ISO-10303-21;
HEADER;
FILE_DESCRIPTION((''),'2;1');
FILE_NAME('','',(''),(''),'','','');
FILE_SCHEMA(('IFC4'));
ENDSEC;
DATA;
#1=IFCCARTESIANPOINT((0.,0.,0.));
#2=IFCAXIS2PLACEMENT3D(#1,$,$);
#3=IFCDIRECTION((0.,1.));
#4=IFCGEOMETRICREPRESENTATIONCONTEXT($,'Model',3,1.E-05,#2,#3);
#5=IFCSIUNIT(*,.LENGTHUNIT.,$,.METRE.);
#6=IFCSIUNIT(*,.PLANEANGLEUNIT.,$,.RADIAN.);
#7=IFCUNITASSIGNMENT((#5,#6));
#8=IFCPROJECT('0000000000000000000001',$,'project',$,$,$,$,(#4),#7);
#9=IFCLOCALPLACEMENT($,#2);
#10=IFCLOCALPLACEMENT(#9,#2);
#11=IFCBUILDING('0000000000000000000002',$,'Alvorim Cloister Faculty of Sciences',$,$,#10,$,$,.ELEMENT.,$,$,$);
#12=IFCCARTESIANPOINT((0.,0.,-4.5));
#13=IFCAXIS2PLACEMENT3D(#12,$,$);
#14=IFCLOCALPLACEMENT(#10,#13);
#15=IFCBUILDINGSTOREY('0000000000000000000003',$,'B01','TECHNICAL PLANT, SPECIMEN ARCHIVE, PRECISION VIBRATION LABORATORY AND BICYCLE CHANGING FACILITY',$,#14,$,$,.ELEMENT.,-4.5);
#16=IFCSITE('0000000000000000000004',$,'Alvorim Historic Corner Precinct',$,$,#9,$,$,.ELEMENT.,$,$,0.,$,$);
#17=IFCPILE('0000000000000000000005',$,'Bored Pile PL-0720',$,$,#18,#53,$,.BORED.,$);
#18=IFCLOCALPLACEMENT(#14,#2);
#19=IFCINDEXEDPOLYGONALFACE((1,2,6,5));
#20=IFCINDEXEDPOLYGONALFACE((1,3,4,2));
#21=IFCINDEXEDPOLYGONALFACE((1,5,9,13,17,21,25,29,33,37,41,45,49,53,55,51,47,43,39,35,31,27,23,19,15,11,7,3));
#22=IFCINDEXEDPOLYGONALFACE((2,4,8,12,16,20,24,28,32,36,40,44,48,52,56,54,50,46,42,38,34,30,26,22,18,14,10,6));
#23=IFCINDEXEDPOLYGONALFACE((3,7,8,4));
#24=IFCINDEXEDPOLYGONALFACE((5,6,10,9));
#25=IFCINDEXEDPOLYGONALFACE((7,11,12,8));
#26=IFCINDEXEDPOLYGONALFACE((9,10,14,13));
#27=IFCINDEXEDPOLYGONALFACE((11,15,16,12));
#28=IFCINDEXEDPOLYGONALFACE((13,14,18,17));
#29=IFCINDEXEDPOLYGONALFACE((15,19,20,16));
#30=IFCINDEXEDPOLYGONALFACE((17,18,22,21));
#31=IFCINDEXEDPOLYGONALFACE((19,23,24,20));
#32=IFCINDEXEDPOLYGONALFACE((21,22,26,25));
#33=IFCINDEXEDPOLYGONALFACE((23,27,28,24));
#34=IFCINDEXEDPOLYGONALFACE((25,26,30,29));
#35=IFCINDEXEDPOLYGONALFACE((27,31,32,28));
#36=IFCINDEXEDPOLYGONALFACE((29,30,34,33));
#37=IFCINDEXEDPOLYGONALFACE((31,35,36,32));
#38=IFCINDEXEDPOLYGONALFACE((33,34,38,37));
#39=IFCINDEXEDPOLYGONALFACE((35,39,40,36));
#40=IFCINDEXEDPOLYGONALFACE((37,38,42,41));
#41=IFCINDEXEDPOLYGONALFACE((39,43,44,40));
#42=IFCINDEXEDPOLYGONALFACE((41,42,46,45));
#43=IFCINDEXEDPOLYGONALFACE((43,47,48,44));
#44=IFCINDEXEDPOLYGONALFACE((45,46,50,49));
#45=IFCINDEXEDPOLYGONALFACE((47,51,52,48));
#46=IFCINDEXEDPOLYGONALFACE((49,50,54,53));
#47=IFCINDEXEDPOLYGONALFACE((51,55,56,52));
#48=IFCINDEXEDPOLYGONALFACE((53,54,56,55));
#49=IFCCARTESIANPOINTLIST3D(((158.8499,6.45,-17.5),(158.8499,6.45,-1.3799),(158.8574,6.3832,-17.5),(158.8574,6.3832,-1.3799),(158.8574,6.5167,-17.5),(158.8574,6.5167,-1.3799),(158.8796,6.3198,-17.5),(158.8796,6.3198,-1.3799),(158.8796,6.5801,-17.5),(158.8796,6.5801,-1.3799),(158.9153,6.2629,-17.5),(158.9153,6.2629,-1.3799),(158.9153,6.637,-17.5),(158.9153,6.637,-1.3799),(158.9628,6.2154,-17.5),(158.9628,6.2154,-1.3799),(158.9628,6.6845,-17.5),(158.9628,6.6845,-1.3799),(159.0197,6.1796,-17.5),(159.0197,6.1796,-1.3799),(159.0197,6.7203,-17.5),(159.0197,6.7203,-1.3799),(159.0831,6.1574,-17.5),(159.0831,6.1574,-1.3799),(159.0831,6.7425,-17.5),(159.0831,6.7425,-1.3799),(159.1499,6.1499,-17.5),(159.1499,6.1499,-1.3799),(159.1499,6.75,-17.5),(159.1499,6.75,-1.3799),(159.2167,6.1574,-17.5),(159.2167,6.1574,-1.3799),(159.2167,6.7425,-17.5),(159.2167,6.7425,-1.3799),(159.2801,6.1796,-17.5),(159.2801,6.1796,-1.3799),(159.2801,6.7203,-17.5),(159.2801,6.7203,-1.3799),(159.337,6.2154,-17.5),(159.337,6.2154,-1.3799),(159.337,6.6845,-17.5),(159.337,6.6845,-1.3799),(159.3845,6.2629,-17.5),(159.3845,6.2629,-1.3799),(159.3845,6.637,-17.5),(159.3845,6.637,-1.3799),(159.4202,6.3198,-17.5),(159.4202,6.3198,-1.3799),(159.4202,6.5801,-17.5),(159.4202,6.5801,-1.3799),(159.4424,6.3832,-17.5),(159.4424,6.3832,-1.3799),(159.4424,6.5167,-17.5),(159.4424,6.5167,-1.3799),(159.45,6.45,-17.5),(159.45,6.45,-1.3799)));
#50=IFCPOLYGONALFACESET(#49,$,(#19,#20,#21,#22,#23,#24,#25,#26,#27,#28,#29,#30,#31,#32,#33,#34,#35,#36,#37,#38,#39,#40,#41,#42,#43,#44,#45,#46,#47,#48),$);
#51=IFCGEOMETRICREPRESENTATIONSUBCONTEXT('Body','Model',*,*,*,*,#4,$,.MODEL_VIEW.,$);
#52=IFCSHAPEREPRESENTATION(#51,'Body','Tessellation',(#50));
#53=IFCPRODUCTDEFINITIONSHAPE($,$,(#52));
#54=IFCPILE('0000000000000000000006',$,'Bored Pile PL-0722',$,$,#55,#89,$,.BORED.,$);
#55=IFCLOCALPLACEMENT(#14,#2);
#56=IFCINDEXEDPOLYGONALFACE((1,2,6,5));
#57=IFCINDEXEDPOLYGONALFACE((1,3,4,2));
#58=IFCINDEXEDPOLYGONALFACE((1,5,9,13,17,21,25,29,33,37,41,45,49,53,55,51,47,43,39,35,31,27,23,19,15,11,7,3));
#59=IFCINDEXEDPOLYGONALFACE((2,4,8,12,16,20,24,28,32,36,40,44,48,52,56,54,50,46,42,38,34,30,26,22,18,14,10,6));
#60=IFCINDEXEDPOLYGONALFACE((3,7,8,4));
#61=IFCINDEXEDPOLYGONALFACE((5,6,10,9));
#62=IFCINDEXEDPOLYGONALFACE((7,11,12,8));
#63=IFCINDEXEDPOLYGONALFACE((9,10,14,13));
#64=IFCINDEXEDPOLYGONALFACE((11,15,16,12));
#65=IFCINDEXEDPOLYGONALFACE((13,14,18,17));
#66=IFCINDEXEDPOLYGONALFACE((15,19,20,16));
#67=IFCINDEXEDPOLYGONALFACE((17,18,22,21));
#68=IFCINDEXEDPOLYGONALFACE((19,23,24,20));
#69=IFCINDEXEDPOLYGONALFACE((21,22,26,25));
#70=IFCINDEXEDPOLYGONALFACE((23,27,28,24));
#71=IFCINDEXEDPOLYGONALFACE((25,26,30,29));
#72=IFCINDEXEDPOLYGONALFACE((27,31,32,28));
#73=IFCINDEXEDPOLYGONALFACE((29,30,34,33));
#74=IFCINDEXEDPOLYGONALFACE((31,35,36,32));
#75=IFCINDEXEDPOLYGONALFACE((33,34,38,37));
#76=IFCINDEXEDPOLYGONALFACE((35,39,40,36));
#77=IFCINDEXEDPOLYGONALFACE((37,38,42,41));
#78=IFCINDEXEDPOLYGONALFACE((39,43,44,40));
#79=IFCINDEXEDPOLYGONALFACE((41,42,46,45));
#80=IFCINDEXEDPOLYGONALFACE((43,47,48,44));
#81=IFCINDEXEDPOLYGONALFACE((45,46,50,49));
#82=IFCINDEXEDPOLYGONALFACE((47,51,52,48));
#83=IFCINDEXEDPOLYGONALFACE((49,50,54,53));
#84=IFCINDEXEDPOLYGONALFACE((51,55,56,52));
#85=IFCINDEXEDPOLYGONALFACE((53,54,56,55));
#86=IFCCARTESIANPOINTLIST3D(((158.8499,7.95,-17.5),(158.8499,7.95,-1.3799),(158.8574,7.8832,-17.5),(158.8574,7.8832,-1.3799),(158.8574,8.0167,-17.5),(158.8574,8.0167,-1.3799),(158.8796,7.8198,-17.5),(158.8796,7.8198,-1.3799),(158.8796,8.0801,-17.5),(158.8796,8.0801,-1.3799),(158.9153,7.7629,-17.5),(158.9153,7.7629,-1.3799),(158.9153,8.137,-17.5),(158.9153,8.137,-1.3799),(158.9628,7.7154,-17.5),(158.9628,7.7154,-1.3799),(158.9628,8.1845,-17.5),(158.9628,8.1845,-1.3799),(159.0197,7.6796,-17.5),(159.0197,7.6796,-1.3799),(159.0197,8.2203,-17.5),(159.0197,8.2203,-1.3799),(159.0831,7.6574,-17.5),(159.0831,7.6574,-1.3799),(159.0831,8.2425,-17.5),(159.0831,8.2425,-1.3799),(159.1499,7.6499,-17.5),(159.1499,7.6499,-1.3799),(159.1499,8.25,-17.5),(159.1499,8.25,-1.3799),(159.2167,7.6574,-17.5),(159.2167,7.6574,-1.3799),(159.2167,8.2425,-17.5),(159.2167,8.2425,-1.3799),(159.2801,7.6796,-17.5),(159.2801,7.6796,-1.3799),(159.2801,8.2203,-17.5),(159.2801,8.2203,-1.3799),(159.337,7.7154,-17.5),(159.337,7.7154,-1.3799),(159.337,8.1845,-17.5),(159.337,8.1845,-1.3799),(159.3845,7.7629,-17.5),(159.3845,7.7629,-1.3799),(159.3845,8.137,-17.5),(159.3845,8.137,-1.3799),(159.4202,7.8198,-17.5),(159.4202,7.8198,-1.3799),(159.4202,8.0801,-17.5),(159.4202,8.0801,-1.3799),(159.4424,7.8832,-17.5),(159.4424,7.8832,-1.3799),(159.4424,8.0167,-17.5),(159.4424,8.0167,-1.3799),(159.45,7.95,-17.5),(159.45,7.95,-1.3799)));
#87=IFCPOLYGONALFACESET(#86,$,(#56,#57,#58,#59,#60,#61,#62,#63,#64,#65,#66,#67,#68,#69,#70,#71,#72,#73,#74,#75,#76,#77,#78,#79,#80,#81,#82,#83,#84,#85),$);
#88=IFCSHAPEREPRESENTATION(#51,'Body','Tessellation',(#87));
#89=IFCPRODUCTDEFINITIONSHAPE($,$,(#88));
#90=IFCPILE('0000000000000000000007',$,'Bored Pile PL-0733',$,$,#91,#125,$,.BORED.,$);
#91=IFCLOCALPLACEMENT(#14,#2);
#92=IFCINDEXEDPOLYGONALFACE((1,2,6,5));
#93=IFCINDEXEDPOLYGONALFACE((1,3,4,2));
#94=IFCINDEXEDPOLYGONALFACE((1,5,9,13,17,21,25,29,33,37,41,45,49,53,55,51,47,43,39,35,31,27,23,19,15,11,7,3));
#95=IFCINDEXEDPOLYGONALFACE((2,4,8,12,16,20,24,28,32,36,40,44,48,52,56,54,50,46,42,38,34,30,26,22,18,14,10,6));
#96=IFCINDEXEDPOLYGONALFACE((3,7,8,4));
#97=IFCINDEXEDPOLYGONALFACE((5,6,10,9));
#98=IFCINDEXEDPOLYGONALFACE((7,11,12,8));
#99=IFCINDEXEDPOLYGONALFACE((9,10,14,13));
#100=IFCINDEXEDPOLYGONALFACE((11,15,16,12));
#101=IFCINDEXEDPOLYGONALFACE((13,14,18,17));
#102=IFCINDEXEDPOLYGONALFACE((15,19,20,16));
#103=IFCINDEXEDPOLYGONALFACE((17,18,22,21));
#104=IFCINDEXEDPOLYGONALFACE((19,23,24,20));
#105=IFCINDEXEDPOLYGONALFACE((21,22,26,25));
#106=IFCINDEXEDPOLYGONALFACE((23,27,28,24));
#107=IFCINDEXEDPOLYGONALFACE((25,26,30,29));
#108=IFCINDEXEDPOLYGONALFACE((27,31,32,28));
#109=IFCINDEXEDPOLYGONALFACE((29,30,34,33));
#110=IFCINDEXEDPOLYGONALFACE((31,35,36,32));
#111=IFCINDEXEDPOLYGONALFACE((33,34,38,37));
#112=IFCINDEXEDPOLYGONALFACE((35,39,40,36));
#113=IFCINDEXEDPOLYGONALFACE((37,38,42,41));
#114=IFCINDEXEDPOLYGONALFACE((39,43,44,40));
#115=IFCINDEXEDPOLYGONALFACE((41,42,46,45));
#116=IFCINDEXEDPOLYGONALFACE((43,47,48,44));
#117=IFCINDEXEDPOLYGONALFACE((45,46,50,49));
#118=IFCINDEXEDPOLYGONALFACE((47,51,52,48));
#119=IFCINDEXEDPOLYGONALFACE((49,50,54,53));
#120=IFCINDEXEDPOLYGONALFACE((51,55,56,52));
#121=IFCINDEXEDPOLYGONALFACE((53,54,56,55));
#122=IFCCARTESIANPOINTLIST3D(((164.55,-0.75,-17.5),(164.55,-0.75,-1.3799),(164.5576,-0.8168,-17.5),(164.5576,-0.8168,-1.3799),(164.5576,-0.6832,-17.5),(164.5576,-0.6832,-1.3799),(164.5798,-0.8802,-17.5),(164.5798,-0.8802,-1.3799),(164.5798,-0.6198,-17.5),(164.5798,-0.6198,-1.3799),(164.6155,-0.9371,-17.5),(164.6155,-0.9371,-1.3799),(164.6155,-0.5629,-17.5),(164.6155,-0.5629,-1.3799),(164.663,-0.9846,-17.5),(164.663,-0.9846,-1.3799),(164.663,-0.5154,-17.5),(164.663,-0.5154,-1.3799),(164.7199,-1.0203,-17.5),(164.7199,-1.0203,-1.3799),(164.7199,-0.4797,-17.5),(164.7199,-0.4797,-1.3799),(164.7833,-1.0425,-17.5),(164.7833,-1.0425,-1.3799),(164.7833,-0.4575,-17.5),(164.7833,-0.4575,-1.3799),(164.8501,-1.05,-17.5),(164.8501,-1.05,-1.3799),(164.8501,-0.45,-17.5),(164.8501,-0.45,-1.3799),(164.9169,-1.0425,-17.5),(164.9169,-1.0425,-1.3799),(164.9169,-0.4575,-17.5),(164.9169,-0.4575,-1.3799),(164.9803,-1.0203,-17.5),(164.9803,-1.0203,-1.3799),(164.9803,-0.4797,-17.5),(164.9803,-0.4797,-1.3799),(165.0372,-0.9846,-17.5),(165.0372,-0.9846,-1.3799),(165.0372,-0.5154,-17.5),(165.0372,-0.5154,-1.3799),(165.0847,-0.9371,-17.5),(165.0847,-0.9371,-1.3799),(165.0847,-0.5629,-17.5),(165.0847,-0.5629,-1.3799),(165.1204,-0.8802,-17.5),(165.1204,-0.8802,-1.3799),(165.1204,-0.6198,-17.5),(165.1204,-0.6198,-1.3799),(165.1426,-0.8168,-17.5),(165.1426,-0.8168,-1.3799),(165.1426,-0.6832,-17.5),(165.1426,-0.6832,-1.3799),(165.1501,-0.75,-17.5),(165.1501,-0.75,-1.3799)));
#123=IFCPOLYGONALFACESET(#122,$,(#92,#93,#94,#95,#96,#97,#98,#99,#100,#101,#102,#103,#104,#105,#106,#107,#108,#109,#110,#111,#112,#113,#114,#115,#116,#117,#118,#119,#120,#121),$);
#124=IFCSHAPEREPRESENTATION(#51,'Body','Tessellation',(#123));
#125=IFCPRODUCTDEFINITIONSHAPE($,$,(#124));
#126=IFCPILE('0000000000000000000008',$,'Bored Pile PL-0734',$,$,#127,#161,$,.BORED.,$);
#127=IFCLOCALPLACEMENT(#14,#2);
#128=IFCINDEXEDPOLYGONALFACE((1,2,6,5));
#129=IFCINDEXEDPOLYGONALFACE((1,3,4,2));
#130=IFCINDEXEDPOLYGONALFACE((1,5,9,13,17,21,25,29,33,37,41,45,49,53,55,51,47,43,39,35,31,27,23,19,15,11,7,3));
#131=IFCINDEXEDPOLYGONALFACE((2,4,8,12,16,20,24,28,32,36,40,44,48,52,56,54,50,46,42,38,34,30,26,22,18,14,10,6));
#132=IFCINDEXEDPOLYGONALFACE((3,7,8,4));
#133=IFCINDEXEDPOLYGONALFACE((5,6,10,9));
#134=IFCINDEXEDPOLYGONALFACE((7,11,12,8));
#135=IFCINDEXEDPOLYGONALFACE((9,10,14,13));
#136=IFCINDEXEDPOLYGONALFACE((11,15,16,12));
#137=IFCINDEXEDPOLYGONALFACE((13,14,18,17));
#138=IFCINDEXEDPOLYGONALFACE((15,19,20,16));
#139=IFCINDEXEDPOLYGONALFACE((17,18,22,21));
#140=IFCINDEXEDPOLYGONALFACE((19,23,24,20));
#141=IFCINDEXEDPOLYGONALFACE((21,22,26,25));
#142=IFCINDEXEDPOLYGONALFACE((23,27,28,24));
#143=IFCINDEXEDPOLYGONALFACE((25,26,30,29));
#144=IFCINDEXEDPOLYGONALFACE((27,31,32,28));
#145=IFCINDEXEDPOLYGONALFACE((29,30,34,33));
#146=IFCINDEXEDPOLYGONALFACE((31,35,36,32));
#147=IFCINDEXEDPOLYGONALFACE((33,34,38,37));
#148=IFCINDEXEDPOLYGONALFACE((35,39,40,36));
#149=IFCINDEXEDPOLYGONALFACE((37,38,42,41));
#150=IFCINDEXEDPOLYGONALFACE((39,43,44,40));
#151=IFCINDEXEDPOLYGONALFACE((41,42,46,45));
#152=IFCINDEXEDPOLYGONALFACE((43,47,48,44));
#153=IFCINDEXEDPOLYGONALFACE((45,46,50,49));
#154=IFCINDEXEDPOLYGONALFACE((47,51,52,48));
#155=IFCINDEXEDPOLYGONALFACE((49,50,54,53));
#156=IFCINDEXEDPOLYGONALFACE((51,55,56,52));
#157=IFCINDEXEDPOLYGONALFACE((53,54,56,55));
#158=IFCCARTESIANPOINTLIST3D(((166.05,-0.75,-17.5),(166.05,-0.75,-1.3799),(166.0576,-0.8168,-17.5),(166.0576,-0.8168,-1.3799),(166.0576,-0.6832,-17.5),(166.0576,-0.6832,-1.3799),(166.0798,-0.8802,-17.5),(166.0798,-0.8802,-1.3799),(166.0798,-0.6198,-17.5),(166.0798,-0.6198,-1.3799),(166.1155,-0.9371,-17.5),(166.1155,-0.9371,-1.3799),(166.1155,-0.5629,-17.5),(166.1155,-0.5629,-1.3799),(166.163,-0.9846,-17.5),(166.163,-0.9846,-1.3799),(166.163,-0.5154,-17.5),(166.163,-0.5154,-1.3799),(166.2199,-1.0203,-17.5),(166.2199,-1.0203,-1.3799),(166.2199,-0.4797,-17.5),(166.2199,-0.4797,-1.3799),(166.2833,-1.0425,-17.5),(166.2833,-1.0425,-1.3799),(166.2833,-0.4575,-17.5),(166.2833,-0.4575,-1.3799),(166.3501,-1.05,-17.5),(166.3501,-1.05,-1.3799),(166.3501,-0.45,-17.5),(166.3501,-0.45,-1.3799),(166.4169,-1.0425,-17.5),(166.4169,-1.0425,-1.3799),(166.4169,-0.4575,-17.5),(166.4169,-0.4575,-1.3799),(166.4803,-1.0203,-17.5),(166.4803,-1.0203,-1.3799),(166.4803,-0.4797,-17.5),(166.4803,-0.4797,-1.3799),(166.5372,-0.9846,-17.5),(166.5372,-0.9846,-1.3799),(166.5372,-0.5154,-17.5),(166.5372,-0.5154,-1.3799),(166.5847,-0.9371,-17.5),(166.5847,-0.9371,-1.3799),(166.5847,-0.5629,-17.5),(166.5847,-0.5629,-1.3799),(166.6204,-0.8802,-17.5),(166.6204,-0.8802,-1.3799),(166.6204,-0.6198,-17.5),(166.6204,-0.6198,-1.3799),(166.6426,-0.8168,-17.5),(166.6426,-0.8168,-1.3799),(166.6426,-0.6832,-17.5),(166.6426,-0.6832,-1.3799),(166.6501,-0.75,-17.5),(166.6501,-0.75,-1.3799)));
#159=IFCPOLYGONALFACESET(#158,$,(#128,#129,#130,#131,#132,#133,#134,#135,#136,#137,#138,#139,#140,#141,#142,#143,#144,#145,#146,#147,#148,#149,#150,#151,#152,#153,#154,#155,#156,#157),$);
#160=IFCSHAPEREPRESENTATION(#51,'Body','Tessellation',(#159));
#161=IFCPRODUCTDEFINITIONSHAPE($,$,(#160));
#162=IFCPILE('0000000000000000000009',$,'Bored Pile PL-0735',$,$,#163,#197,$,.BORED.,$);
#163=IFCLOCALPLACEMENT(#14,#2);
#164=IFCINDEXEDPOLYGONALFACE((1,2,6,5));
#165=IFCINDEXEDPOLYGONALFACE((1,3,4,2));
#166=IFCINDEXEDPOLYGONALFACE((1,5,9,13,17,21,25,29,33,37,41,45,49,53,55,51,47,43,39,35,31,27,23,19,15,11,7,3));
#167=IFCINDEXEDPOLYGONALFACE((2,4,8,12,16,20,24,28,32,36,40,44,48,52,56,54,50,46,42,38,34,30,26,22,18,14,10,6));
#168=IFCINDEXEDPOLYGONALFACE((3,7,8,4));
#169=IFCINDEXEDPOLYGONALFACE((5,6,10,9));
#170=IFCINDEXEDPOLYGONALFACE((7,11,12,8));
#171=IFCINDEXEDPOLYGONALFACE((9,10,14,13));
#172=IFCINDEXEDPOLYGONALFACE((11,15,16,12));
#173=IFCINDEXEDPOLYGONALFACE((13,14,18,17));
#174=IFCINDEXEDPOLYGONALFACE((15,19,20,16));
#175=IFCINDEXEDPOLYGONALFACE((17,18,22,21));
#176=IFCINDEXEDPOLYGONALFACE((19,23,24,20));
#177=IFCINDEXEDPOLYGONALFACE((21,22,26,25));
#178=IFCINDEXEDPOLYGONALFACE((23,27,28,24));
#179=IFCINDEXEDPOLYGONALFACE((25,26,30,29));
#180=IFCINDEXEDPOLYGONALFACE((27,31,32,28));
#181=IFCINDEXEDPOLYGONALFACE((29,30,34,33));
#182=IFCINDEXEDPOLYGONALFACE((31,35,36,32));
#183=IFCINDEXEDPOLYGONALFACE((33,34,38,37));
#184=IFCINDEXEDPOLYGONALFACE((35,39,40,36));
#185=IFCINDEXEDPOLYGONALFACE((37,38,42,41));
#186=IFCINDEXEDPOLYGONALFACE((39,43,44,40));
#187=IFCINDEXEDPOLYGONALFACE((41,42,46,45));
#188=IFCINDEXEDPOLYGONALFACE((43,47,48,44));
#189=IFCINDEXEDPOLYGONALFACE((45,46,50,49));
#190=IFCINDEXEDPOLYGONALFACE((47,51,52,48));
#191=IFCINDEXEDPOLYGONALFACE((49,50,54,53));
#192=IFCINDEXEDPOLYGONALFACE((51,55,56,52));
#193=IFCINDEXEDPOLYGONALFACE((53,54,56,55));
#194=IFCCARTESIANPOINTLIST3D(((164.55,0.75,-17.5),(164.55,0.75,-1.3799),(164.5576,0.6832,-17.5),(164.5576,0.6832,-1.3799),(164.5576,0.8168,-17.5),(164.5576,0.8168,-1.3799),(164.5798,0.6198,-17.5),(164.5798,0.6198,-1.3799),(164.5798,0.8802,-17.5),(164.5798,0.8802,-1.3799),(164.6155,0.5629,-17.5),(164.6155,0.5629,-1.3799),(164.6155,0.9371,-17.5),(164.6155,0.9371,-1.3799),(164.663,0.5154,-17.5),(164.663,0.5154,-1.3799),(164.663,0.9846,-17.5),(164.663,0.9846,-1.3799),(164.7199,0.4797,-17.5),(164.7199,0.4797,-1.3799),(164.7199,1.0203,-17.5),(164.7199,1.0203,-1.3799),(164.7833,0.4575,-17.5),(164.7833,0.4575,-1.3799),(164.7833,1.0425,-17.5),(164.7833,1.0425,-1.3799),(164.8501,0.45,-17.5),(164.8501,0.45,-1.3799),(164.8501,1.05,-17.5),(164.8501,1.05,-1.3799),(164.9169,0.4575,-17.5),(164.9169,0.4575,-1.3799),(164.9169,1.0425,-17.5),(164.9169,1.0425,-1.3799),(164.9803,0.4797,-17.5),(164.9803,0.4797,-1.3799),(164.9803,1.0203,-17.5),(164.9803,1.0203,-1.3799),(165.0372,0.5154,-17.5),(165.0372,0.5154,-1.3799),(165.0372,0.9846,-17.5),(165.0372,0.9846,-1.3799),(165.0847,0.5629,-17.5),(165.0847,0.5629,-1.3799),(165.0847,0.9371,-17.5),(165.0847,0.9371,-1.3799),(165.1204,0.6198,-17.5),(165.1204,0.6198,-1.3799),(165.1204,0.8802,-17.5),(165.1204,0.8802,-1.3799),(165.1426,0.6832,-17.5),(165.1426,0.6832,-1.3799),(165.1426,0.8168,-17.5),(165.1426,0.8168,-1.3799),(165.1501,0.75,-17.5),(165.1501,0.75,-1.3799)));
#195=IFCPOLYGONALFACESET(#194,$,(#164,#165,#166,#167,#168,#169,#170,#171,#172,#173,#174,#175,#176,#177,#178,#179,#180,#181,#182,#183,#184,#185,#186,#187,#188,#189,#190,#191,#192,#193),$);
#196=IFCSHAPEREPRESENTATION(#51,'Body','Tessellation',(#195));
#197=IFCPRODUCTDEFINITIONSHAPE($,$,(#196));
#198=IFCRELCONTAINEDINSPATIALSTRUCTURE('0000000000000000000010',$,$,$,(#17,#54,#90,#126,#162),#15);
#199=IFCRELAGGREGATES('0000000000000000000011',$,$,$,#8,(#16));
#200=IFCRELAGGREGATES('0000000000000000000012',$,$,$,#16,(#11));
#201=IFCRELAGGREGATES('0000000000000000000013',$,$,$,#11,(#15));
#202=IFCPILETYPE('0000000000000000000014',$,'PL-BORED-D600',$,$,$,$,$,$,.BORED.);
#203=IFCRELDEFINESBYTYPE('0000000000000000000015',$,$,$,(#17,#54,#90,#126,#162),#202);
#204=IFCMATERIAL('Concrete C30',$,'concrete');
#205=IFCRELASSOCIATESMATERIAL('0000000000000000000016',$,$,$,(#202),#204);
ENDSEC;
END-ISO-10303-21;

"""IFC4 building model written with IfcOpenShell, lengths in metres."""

from ifc_helpers import new_model, si_unit, direction, frame, origin, origin_2d, place, context, subcontext, project, spatial, circle, extrude, material, material_profile, profile_set, type_object, element, save


model = new_model("IFC4")

# Units and contexts
model_context = context("Model", 3, precision=1e-05, world=origin(), true_north=direction((0.0, 1.0)))
body_context = subcontext(model_context, "Body", "Model", "MODEL_VIEW")
ifc_project = project(units=[si_unit("LENGTHUNIT", "METRE"), si_unit("PLANEANGLEUNIT", "RADIAN")], contexts=[model_context])

# Site, building, storey
site_placement = place(None, origin())
site = spatial("IfcSite", under=ifc_project, at=site_placement, Name="Alvorim Historic Corner Precinct", CompositionType="ELEMENT", RefElevation=0.0)
building_placement = place(site_placement, origin())
building = spatial("IfcBuilding", under=site, at=building_placement, Name="Alvorim Cloister Faculty of Sciences", CompositionType="ELEMENT")
storey_placement = place(building_placement, frame((0.0, 0.0, -4.5)))
storey = spatial("IfcBuildingStorey", under=building, at=storey_placement, Name="B01", Description="TECHNICAL PLANT, SPECIMEN ARCHIVE, PRECISION VIBRATION LABORATORY AND BICYCLE CHANGING FACILITY", CompositionType="ELEMENT", Elevation=-4.5)

# Piles
ifc_material_1 = material(Name="Concrete C30", Category="concrete")
ifc_material_profile_1 = material_profile(ifc_material_1, circle(Radius=0.3, at=origin_2d()), Name="PILE-D600")
ifc_profile_set_1 = profile_set([ifc_material_profile_1], Name="Concrete C30")
pile_type = type_object("IfcPileType", Name="PL-BORED-D600", PredefinedType="BORED", material=ifc_profile_set_1)
for number, where, z_axis, x_axis, name in (
    (1, (159.1499, 6.45, -1.3799), (0.0, 0.0, -1.0), (1.0, 0.0, 0.0), "Bored Pile PL-0720"),
    (2, (159.1499, 7.95, -1.3799), (0.0, 0.0, -1.0), (1.0, 0.0, 0.0), "Bored Pile PL-0722"),
    (3, (164.8501, -0.75, -1.3799), (0.0, 0.0, -1.0), (1.0, 0.0, 0.0), "Bored Pile PL-0733"),
    (4, (166.3501, -0.75, -1.3799), (0.0, 0.0, -1.0), (1.0, 0.0, 0.0), "Bored Pile PL-0734"),
    (5, (164.8501, 0.75, -1.3799), (0.0, 0.0, -1.0), (1.0, 0.0, 0.0), "Bored Pile PL-0735"),
):
    element("IfcPile", number, at=place(storey_placement, frame(where, z_axis=z_axis, x_axis=x_axis)), inside=storey, type_object=pile_type, Name=name, PredefinedType="BORED", context=body_context, shape_type="SweptSolid", body=[
        extrude(circle(Radius=0.3, at=origin_2d()), origin(), (0.0, 0.0, 1.0), 16.1201),
    ])

save(model, "model.ifc")
